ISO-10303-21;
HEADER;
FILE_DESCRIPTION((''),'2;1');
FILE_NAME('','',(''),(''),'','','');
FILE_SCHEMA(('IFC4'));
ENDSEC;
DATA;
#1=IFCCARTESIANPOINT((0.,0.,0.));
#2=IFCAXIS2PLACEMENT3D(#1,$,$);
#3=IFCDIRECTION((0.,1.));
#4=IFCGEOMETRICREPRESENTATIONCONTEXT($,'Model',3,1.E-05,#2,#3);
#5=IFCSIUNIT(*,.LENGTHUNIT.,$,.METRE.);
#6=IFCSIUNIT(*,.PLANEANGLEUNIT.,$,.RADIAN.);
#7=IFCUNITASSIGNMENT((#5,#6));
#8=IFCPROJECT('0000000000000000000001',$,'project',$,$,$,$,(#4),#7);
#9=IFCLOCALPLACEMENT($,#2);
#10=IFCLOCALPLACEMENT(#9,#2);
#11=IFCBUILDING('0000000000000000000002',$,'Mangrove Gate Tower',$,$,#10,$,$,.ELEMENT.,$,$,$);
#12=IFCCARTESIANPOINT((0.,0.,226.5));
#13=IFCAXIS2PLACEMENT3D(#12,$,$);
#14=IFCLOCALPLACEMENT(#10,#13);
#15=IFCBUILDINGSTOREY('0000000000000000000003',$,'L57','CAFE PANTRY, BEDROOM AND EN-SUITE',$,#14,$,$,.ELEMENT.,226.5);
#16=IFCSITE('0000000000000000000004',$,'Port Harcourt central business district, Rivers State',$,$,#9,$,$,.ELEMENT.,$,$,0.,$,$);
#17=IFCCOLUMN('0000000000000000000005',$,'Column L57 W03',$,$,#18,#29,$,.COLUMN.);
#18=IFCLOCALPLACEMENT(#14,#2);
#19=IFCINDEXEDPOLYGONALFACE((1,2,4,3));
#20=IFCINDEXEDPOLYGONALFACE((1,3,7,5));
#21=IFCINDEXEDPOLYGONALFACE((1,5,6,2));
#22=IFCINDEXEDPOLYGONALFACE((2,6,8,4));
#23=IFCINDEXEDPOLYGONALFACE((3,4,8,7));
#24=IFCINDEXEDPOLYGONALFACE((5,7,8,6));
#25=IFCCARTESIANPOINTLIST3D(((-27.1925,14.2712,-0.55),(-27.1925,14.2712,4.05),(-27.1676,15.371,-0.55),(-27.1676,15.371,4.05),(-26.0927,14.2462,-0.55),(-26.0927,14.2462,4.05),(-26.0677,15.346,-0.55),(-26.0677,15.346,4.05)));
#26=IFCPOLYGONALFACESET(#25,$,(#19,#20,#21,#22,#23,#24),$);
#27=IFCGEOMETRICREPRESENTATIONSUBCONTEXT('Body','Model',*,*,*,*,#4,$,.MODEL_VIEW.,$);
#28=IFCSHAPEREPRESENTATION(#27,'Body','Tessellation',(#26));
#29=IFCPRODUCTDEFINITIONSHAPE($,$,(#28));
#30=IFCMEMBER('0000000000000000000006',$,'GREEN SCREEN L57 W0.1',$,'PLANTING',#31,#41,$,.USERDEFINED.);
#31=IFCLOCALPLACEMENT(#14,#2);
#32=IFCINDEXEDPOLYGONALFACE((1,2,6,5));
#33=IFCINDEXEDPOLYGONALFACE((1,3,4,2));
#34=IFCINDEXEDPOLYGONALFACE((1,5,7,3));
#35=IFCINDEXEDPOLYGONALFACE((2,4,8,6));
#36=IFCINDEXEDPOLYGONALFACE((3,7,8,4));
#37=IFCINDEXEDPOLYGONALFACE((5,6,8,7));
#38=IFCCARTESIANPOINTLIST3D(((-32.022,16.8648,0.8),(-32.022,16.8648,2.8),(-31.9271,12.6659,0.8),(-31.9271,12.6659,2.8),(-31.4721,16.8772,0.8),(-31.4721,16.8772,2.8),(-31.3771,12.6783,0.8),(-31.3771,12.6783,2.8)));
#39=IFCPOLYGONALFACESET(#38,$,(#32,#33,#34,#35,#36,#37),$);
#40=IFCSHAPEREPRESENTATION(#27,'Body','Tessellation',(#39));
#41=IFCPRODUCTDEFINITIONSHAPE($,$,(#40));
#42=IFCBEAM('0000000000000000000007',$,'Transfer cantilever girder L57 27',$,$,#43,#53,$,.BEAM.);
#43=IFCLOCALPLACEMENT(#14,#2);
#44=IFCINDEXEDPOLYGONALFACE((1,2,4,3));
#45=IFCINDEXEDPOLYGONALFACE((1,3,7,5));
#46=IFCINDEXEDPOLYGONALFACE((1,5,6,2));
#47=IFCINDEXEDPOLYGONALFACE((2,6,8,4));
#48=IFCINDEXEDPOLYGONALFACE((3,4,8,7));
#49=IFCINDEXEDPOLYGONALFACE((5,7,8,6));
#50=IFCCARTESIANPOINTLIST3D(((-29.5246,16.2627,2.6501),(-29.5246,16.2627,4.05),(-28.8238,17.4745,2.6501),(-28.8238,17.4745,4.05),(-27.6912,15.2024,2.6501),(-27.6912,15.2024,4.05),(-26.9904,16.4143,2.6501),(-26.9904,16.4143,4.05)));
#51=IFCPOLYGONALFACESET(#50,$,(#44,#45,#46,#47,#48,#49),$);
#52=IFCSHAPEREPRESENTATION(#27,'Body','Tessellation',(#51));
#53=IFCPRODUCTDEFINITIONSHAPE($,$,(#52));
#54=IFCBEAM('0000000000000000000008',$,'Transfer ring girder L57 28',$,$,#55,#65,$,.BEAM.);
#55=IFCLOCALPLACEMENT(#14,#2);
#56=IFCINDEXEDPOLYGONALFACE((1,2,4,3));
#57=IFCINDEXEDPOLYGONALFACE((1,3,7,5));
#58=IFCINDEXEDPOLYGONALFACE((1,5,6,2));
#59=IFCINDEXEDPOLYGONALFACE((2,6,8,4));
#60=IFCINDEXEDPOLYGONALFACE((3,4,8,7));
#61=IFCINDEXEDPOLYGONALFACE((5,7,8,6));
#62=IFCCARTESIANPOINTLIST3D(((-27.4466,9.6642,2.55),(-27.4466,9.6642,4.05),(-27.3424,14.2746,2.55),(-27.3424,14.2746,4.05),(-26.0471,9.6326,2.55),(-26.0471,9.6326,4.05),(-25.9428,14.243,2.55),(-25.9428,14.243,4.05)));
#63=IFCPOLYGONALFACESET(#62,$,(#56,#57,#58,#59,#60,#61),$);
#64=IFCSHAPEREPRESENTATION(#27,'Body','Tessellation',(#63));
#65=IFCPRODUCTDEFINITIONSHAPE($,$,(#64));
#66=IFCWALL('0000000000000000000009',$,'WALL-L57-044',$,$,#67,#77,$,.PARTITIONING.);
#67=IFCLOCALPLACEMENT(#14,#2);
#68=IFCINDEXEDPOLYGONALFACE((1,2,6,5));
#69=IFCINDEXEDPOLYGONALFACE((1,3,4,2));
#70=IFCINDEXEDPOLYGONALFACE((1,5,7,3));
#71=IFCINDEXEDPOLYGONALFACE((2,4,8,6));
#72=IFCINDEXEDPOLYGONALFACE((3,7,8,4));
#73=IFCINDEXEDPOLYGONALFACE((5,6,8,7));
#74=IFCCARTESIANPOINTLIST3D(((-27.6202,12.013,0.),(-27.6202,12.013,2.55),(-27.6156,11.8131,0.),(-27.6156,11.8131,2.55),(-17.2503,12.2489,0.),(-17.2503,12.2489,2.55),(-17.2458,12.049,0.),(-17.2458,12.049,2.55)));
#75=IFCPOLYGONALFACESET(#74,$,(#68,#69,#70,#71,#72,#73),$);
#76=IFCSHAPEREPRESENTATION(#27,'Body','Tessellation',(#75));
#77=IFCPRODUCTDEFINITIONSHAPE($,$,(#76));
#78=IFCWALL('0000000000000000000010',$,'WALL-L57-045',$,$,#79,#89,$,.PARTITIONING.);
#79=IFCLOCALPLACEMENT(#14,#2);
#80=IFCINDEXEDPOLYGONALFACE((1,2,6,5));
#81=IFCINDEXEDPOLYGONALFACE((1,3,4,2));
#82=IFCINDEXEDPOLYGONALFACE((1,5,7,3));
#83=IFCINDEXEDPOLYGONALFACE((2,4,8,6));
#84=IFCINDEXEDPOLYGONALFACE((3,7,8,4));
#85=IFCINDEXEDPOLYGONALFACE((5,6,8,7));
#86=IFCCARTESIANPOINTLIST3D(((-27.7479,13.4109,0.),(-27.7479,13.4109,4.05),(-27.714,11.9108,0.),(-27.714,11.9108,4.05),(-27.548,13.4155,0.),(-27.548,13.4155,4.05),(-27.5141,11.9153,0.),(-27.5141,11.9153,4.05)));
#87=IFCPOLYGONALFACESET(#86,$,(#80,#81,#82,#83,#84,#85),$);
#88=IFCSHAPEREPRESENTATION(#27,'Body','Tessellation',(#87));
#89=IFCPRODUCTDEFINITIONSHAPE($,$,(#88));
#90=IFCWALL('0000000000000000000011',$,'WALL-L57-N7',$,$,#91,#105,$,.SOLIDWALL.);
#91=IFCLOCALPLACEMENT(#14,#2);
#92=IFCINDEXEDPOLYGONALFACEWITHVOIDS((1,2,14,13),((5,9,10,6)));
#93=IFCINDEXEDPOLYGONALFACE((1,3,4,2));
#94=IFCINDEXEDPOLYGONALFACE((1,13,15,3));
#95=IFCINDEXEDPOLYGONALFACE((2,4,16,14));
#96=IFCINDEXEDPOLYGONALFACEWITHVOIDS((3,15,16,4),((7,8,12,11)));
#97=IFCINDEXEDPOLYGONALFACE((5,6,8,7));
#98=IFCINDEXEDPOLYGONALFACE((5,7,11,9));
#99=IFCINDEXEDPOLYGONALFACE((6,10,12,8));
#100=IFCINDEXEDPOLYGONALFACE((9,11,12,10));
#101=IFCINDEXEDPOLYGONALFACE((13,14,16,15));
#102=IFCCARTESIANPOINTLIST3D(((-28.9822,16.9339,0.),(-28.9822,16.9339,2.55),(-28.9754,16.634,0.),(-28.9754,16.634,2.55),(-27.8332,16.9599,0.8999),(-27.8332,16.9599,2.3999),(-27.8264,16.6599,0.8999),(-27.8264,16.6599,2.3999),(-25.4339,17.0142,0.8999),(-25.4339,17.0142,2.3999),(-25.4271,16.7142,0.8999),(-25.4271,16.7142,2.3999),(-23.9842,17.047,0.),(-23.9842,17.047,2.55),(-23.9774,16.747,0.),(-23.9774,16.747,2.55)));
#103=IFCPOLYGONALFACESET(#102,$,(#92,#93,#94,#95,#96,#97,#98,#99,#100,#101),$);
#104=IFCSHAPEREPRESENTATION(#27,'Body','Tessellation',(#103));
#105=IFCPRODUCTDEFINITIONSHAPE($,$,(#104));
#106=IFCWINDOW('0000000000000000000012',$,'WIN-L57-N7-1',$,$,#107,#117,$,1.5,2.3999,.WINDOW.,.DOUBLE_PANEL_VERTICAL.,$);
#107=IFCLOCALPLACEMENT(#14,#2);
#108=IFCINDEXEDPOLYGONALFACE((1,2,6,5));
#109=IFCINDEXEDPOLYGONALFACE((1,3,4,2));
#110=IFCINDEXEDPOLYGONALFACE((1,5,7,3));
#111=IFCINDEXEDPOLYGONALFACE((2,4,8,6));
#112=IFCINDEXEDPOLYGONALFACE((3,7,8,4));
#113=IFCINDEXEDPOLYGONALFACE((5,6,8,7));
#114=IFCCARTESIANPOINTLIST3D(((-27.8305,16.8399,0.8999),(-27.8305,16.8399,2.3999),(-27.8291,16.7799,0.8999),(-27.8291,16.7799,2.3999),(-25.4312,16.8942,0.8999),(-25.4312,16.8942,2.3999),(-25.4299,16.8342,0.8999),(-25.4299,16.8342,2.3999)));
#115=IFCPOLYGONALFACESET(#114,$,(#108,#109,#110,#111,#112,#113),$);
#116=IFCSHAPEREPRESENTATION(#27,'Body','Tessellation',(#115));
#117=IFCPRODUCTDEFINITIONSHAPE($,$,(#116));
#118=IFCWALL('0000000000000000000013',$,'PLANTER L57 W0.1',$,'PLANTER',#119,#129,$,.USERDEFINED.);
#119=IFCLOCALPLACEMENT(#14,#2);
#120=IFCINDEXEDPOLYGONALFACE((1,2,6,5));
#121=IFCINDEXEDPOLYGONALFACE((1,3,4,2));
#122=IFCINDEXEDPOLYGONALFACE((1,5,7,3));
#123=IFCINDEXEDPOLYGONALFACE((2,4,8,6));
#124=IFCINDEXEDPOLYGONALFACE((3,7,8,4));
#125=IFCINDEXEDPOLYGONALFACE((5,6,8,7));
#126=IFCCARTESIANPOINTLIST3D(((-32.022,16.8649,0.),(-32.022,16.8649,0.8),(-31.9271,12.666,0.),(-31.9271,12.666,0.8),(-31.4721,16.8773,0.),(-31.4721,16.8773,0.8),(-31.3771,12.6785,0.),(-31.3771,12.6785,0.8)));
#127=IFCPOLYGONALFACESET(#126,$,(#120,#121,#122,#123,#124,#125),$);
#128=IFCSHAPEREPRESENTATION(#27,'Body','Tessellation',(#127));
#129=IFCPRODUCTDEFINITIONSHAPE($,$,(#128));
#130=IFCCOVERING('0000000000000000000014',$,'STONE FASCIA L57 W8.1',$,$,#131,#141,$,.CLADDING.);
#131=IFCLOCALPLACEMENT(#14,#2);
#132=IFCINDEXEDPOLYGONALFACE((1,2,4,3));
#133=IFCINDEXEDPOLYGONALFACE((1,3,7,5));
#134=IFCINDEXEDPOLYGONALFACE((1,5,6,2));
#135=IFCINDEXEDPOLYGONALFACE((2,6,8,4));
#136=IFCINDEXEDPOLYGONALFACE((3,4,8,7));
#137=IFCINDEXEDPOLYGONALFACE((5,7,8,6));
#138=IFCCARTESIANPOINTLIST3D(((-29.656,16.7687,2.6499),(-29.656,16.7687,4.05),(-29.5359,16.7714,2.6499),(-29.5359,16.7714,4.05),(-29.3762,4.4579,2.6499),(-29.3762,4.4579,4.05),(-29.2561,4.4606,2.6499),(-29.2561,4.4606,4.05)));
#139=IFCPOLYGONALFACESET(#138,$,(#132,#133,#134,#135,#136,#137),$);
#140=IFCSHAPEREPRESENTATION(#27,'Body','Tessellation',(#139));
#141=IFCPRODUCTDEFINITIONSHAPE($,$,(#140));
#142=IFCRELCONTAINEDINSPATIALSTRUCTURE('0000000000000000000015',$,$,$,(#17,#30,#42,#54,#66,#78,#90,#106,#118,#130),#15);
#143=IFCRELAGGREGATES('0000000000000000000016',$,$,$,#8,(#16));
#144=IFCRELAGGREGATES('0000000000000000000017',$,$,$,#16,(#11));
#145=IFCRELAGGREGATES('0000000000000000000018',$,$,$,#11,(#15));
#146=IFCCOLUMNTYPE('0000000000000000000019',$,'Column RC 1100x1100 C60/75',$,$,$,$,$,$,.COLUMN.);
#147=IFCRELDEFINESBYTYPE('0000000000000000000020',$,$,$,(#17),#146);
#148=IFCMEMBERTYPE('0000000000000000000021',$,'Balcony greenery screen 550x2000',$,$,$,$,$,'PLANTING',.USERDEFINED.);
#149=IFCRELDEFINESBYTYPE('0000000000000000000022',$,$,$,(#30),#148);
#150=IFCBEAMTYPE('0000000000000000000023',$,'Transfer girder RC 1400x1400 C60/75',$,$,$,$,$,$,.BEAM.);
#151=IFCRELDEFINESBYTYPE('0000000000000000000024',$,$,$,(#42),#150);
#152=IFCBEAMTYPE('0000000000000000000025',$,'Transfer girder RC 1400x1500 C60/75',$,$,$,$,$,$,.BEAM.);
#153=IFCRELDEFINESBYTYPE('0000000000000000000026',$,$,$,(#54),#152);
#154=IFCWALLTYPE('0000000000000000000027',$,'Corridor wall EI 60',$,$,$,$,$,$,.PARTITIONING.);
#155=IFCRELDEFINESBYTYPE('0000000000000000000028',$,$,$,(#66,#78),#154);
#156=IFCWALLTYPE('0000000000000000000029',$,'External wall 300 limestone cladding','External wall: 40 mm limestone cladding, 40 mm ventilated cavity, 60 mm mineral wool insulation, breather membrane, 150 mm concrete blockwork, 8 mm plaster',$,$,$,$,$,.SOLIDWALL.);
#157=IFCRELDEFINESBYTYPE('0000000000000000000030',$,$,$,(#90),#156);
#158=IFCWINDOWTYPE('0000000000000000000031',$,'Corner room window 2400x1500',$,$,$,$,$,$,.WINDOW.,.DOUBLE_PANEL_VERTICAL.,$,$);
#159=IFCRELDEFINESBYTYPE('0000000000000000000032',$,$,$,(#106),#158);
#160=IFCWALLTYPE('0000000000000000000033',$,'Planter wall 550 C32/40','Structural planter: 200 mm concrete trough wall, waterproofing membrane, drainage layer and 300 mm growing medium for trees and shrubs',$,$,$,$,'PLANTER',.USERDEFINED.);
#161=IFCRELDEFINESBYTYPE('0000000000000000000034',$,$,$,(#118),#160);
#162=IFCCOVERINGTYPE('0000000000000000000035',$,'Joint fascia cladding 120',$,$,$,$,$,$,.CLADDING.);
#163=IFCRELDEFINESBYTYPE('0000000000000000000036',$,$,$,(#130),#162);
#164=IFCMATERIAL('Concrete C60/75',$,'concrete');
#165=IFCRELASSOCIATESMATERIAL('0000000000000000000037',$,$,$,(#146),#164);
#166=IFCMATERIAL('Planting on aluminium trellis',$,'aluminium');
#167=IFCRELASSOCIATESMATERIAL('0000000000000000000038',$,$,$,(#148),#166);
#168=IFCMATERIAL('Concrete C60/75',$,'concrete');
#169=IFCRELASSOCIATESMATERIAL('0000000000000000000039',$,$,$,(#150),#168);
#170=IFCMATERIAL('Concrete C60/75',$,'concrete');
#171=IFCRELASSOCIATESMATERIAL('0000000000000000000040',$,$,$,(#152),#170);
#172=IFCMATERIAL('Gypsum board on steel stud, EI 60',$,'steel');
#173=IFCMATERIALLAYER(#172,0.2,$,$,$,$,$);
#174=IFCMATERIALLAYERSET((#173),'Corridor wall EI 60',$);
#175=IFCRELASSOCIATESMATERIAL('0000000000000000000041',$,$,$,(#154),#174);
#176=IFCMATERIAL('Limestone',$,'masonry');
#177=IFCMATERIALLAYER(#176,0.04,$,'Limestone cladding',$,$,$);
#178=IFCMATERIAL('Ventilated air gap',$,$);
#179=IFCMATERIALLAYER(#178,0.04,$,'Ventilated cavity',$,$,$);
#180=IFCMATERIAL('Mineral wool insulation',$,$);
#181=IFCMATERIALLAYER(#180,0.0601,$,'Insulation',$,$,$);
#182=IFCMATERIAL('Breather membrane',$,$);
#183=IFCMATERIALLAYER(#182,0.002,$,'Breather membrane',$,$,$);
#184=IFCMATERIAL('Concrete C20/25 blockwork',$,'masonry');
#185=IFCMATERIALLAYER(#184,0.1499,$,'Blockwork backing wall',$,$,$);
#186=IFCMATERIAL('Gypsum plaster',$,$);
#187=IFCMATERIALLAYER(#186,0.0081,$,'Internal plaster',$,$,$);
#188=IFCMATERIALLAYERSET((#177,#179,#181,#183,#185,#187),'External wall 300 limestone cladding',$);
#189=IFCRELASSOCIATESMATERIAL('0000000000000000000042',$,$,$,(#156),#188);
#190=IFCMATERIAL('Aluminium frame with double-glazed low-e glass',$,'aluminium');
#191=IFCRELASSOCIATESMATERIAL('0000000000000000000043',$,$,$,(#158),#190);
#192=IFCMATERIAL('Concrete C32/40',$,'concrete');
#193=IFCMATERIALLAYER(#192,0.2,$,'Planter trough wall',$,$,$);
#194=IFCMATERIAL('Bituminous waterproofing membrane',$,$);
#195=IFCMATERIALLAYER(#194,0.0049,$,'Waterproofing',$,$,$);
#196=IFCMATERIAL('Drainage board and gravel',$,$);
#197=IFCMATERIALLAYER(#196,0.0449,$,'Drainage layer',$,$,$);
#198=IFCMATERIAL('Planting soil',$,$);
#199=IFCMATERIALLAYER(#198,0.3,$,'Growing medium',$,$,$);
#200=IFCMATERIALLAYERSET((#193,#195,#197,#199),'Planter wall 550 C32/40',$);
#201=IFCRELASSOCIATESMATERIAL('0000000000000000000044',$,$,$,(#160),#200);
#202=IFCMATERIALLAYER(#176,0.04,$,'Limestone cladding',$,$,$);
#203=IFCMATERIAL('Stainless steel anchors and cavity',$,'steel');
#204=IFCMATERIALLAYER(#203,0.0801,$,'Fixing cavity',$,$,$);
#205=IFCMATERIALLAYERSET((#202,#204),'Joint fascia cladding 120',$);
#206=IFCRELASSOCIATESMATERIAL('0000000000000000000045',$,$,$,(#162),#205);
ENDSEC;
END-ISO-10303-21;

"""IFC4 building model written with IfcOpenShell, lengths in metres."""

from ifc_helpers import new_model, si_unit, direction, frame, frame_2d, origin, origin_2d, place, context, subcontext, project, spatial, rectangle, extrude, material, layer, layer_set, material_profile, profile_set, type_object, element, fill, save


model = new_model("IFC4")

# Units and contexts
model_context = context("Model", 3, precision=1e-05, world=origin(), true_north=direction((0.0, 1.0)))
body_context = subcontext(model_context, "Body", "Model", "MODEL_VIEW")
ifc_project = project(units=[si_unit("LENGTHUNIT", "METRE"), si_unit("PLANEANGLEUNIT", "RADIAN")], contexts=[model_context])

# Site, building, storey
site_placement = place(None, origin())
site = spatial("IfcSite", under=ifc_project, at=site_placement, Name="Port Harcourt central business district, Rivers State", CompositionType="ELEMENT", RefElevation=0.0)
building_placement = place(site_placement, origin())
building = spatial("IfcBuilding", under=site, at=building_placement, Name="Mangrove Gate Tower", CompositionType="ELEMENT")
storey_placement = place(building_placement, frame((0.0, 0.0, 226.5)))
storey = spatial("IfcBuildingStorey", under=building, at=storey_placement, Name="L57", Description="CAFE PANTRY, BEDROOM AND EN-SUITE", CompositionType="ELEMENT", Elevation=226.5)

# Column
ifc_material_1 = material(Name="Concrete C60/75", Category="concrete")
ifc_material_profile_1 = material_profile(ifc_material_1, rectangle(XDim=1.1001, YDim=1.1001, at=origin_2d()))
ifc_profile_set_1 = profile_set([ifc_material_profile_1], Name="Concrete C60/75")
column_type = type_object("IfcColumnType", Name="Column RC 1100x1100 C60/75", PredefinedType="COLUMN", material=ifc_profile_set_1)
column_placement = place(storey_placement, frame((-26.6301, 14.8086, -0.55), z_axis=(0.0, 0.0, 1.0), x_axis=(-0.022672, -0.999743, 0.0)))
element("IfcColumn", 1, at=column_placement, inside=storey, type_object=column_type, Name="Column L57 W03", PredefinedType="COLUMN", context=body_context, shape_type="SweptSolid", body=[
    extrude(rectangle(XDim=1.1001, YDim=1.1001, at=origin_2d()), origin(), (0.0, 0.0, 1.0), 4.6001),
])

# Member
ifc_material_2 = material(Name="Planting on aluminium trellis", Category="aluminium")
ifc_material_profile_2 = material_profile(ifc_material_2, rectangle(XDim=0.55, YDim=2.0, at=origin_2d()))
ifc_profile_set_2 = profile_set([ifc_material_profile_2], Name="Planting on aluminium trellis")
member_type = type_object("IfcMemberType", Name="Balcony greenery screen 550x2000", ElementType="PLANTING", PredefinedType="USERDEFINED", material=ifc_profile_set_2)
member_placement = place(storey_placement, frame((-31.6521, 12.6721, 1.8), z_axis=(-0.022612, 0.999744, 0.0), x_axis=(-0.999744, -0.022612, 0.0)))
element("IfcMember", 2, at=member_placement, inside=storey, type_object=member_type, Name="GREEN SCREEN L57 W0.1", ObjectType="PLANTING", PredefinedType="USERDEFINED", context=body_context, shape_type="SweptSolid", body=[
    extrude(rectangle(XDim=0.55, YDim=2.0, at=origin_2d()), origin(), (0.0, 0.0, 1.0), 4.2),
])

# Beams
ifc_material_3 = material(Name="Concrete C60/75", Category="concrete")
ifc_material_profile_3 = material_profile(ifc_material_3, rectangle(XDim=1.3999, YDim=1.3999, at=origin_2d()))
ifc_profile_set_3 = profile_set([ifc_material_profile_3], Name="Concrete C60/75")
beam_type_1 = type_object("IfcBeamType", Name="Transfer girder RC 1400x1400 C60/75", PredefinedType="BEAM", material=ifc_profile_set_3)
beam_1_placement = place(storey_placement, frame((-27.3408, 15.8083, 3.3501), z_axis=(-0.865671, 0.500614, 0.0), x_axis=(-0.500614, -0.865671, 0.0)))
element("IfcBeam", 3, at=beam_1_placement, inside=storey, type_object=beam_type_1, Name="Transfer cantilever girder L57 27", PredefinedType="BEAM", context=body_context, shape_type="SweptSolid", body=[
    extrude(rectangle(XDim=1.3999, YDim=1.3999, at=origin_2d()), origin(), (0.0, 0.0, 1.0), 2.1179),
])
ifc_material_4 = material(Name="Concrete C60/75", Category="concrete")
ifc_material_profile_4 = material_profile(ifc_material_4, rectangle(XDim=1.3999, YDim=1.5, at=origin_2d()))
ifc_profile_set_4 = profile_set([ifc_material_profile_4], Name="Concrete C60/75")
beam_type_2 = type_object("IfcBeamType", Name="Transfer girder RC 1400x1500 C60/75", PredefinedType="BEAM", material=ifc_profile_set_4)
beam_2_placement = place(storey_placement, frame((-26.6426, 14.2588, 3.3), z_axis=(-0.022606, -0.999744, 0.0), x_axis=(0.999744, -0.022606, 0.0)))
element("IfcBeam", 4, at=beam_2_placement, inside=storey, type_object=beam_type_2, Name="Transfer ring girder L57 28", PredefinedType="BEAM", context=body_context, shape_type="SweptSolid", body=[
    extrude(rectangle(XDim=1.3999, YDim=1.5, at=origin_2d()), origin(), (0.0, 0.0, 1.0), 4.6116),
])

# Walls
ifc_material_5 = material(Name="Gypsum board on steel stud, EI 60", Category="steel")
ifc_layer_1 = layer(ifc_material_5, 0.2)
ifc_layer_set_1 = layer_set([ifc_layer_1], Name="Corridor wall EI 60")
wall_type_1 = type_object("IfcWallType", Name="Corridor wall EI 60", PredefinedType="PARTITIONING", material=ifc_layer_set_1)
wall_1_placement = place(storey_placement, frame((-27.6179, 11.9131, 0.0), z_axis=(0.0, 0.0, 1.0), x_axis=(0.999741, 0.022737, 0.0)))
element("IfcWall", 5, at=wall_1_placement, inside=storey, type_object=wall_type_1, Name="WALL-L57-044", PredefinedType="PARTITIONING", context=body_context, shape_type="SweptSolid", body=[
    extrude(rectangle(XDim=10.3726, YDim=0.2, at=frame_2d((5.1863, 0.0))), origin(), (0.0, 0.0, 1.0), 2.55),
])
wall_2_placement = place(storey_placement, frame((-27.614, 11.9131, 0.0), z_axis=(0.0, 0.0, 1.0), x_axis=(-0.022618, 0.999744, 0.0)))
element("IfcWall", 6, at=wall_2_placement, inside=storey, type_object=wall_type_1, Name="WALL-L57-045", PredefinedType="PARTITIONING", context=body_context, shape_type="SweptSolid", body=[
    extrude(rectangle(XDim=1.5005, YDim=0.2, at=frame_2d((0.7502, 0.0))), origin(), (0.0, 0.0, 1.0), 4.05),
])

# Wall, opening, window
ifc_material_6 = material(Name="Limestone", Category="masonry")
ifc_layer_2 = layer(ifc_material_6, 0.04, Name="Limestone cladding")
ifc_material_7 = material(Name="Ventilated air gap")
ifc_layer_3 = layer(ifc_material_7, 0.04, Name="Ventilated cavity")
ifc_material_8 = material(Name="Mineral wool insulation")
ifc_layer_4 = layer(ifc_material_8, 0.0601, Name="Insulation")
ifc_material_9 = material(Name="Breather membrane")
ifc_layer_5 = layer(ifc_material_9, 0.002, Name="Breather membrane")
ifc_material_10 = material(Name="Concrete C20/25 blockwork", Category="masonry")
ifc_layer_6 = layer(ifc_material_10, 0.1499, Name="Blockwork backing wall")
ifc_material_11 = material(Name="Gypsum plaster")
ifc_layer_7 = layer(ifc_material_11, 0.0081, Name="Internal plaster")
ifc_layer_set_2 = layer_set([ifc_layer_2, ifc_layer_3, ifc_layer_4, ifc_layer_5, ifc_layer_6, ifc_layer_7], Name="External wall 300 limestone cladding")
wall_type_2 = type_object("IfcWallType", Name="External wall 300 limestone cladding", Description="External wall: 40 mm limestone cladding, 40 mm ventilated cavity, 60 mm mineral wool insulation, breather membrane, 150 mm concrete blockwork, 8 mm plaster", PredefinedType="SOLIDWALL", material=ifc_layer_set_2)
wall_3_placement = place(storey_placement, frame((-23.981, 16.897, 0.0), z_axis=(0.0, 0.0, 1.0), x_axis=(-0.999744, -0.02261, 0.0)))
wall_3 = element("IfcWall", 7, at=wall_3_placement, inside=storey, type_object=wall_type_2, Name="WALL-L57-N7", PredefinedType="SOLIDWALL", context=body_context, shape_type="SweptSolid", body=[
    extrude(rectangle(XDim=4.9993, YDim=0.3, at=frame_2d((2.4995, 0.0))), origin(), (0.0, 0.0, 1.0), 2.55),
])
opening_1_placement = place(wall_3_placement, frame((1.45, 0.0, 0.8999)))
opening_1 = element("IfcOpeningElement", 8, at=opening_1_placement, cuts=wall_3, PredefinedType="OPENING", context=body_context, shape_type="SweptSolid", body=[
    extrude(rectangle(XDim=2.3999, YDim=1.5, at=frame_2d((1.2, 0.75))), frame((0.0, 0.1599, 0.0), z_axis=(0.0, -1.0, 0.0), x_axis=(1.0, 0.0, 0.0)), (0.0, 0.0, 1.0), 0.3201),
])
ifc_material_12 = material(Name="Aluminium frame with double-glazed low-e glass", Category="aluminium")
window_type = type_object("IfcWindowType", Name="Corner room window 2400x1500", PartitioningType="DOUBLE_PANEL_VERTICAL", PredefinedType="WINDOW", material=ifc_material_12)
window_1_placement = place(opening_1_placement, origin())
window_1 = element("IfcWindow", 9, at=window_1_placement, inside=storey, type_object=window_type, Name="WIN-L57-N7-1", OverallHeight=1.5, OverallWidth=2.3999, PartitioningType="DOUBLE_PANEL_VERTICAL", PredefinedType="WINDOW", context=body_context, shape_type="SweptSolid", body=[
    extrude(rectangle(XDim=2.3999, YDim=1.5, at=frame_2d((1.2, 0.75))), frame((0.0, 0.03, 0.0), z_axis=(0.0, -1.0, 0.0), x_axis=(1.0, 0.0, 0.0)), (0.0, 0.0, 1.0), 0.0601),
])
fill(opening_1, window_1)

# Wall
ifc_material_13 = material(Name="Concrete C32/40", Category="concrete")
ifc_layer_8 = layer(ifc_material_13, 0.2, Name="Planter trough wall")
ifc_material_14 = material(Name="Bituminous waterproofing membrane")
ifc_layer_9 = layer(ifc_material_14, 0.0049, Name="Waterproofing")
ifc_material_15 = material(Name="Drainage board and gravel")
ifc_layer_10 = layer(ifc_material_15, 0.0449, Name="Drainage layer")
ifc_material_16 = material(Name="Planting soil")
ifc_layer_11 = layer(ifc_material_16, 0.3, Name="Growing medium")
ifc_layer_set_3 = layer_set([ifc_layer_8, ifc_layer_9, ifc_layer_10, ifc_layer_11], Name="Planter wall 550 C32/40")
wall_type_3 = type_object("IfcWallType", Name="Planter wall 550 C32/40", Description="Structural planter: 200 mm concrete trough wall, waterproofing membrane, drainage layer and 300 mm growing medium for trees and shrubs", ElementType="PLANTER", PredefinedType="USERDEFINED", material=ifc_layer_set_3)
wall_4_placement = place(storey_placement, frame((-31.6521, 12.6721, 0.0), z_axis=(0.0, 0.0, 1.0), x_axis=(-0.022612, 0.999744, 0.0)))
element("IfcWall", 10, at=wall_4_placement, inside=storey, type_object=wall_type_3, Name="PLANTER L57 W0.1", ObjectType="PLANTER", PredefinedType="USERDEFINED", context=body_context, shape_type="SweptSolid", body=[
    extrude(rectangle(XDim=4.2, YDim=0.55, at=frame_2d((2.1001, 0.0))), origin(), (0.0, 0.0, 1.0), 0.8),
])

# Covering
ifc_layer_12 = layer(ifc_material_6, 0.04, Name="Limestone cladding")
ifc_material_17 = material(Name="Stainless steel anchors and cavity", Category="steel")
ifc_layer_13 = layer(ifc_material_17, 0.0801, Name="Fixing cavity")
ifc_layer_set_4 = layer_set([ifc_layer_12, ifc_layer_13], Name="Joint fascia cladding 120")
covering_type = type_object("IfcCoveringType", Name="Joint fascia cladding 120", PredefinedType="CLADDING", material=ifc_layer_set_4)
covering_placement = place(storey_placement, frame((-29.5959, 16.77, 2.6499), z_axis=(0.0, 0.0, 1.0), x_axis=(0.022721, -0.999742, 0.0)))
element("IfcCovering", 11, at=covering_placement, inside=storey, type_object=covering_type, Name="STONE FASCIA L57 W8.1", PredefinedType="CLADDING", context=body_context, shape_type="SweptSolid", body=[
    extrude(rectangle(XDim=12.314, YDim=0.1201, at=frame_2d((6.157, 0.0))), origin(), (0.0, 0.0, 1.0), 1.4001),
])

save(model, "model.ifc")
